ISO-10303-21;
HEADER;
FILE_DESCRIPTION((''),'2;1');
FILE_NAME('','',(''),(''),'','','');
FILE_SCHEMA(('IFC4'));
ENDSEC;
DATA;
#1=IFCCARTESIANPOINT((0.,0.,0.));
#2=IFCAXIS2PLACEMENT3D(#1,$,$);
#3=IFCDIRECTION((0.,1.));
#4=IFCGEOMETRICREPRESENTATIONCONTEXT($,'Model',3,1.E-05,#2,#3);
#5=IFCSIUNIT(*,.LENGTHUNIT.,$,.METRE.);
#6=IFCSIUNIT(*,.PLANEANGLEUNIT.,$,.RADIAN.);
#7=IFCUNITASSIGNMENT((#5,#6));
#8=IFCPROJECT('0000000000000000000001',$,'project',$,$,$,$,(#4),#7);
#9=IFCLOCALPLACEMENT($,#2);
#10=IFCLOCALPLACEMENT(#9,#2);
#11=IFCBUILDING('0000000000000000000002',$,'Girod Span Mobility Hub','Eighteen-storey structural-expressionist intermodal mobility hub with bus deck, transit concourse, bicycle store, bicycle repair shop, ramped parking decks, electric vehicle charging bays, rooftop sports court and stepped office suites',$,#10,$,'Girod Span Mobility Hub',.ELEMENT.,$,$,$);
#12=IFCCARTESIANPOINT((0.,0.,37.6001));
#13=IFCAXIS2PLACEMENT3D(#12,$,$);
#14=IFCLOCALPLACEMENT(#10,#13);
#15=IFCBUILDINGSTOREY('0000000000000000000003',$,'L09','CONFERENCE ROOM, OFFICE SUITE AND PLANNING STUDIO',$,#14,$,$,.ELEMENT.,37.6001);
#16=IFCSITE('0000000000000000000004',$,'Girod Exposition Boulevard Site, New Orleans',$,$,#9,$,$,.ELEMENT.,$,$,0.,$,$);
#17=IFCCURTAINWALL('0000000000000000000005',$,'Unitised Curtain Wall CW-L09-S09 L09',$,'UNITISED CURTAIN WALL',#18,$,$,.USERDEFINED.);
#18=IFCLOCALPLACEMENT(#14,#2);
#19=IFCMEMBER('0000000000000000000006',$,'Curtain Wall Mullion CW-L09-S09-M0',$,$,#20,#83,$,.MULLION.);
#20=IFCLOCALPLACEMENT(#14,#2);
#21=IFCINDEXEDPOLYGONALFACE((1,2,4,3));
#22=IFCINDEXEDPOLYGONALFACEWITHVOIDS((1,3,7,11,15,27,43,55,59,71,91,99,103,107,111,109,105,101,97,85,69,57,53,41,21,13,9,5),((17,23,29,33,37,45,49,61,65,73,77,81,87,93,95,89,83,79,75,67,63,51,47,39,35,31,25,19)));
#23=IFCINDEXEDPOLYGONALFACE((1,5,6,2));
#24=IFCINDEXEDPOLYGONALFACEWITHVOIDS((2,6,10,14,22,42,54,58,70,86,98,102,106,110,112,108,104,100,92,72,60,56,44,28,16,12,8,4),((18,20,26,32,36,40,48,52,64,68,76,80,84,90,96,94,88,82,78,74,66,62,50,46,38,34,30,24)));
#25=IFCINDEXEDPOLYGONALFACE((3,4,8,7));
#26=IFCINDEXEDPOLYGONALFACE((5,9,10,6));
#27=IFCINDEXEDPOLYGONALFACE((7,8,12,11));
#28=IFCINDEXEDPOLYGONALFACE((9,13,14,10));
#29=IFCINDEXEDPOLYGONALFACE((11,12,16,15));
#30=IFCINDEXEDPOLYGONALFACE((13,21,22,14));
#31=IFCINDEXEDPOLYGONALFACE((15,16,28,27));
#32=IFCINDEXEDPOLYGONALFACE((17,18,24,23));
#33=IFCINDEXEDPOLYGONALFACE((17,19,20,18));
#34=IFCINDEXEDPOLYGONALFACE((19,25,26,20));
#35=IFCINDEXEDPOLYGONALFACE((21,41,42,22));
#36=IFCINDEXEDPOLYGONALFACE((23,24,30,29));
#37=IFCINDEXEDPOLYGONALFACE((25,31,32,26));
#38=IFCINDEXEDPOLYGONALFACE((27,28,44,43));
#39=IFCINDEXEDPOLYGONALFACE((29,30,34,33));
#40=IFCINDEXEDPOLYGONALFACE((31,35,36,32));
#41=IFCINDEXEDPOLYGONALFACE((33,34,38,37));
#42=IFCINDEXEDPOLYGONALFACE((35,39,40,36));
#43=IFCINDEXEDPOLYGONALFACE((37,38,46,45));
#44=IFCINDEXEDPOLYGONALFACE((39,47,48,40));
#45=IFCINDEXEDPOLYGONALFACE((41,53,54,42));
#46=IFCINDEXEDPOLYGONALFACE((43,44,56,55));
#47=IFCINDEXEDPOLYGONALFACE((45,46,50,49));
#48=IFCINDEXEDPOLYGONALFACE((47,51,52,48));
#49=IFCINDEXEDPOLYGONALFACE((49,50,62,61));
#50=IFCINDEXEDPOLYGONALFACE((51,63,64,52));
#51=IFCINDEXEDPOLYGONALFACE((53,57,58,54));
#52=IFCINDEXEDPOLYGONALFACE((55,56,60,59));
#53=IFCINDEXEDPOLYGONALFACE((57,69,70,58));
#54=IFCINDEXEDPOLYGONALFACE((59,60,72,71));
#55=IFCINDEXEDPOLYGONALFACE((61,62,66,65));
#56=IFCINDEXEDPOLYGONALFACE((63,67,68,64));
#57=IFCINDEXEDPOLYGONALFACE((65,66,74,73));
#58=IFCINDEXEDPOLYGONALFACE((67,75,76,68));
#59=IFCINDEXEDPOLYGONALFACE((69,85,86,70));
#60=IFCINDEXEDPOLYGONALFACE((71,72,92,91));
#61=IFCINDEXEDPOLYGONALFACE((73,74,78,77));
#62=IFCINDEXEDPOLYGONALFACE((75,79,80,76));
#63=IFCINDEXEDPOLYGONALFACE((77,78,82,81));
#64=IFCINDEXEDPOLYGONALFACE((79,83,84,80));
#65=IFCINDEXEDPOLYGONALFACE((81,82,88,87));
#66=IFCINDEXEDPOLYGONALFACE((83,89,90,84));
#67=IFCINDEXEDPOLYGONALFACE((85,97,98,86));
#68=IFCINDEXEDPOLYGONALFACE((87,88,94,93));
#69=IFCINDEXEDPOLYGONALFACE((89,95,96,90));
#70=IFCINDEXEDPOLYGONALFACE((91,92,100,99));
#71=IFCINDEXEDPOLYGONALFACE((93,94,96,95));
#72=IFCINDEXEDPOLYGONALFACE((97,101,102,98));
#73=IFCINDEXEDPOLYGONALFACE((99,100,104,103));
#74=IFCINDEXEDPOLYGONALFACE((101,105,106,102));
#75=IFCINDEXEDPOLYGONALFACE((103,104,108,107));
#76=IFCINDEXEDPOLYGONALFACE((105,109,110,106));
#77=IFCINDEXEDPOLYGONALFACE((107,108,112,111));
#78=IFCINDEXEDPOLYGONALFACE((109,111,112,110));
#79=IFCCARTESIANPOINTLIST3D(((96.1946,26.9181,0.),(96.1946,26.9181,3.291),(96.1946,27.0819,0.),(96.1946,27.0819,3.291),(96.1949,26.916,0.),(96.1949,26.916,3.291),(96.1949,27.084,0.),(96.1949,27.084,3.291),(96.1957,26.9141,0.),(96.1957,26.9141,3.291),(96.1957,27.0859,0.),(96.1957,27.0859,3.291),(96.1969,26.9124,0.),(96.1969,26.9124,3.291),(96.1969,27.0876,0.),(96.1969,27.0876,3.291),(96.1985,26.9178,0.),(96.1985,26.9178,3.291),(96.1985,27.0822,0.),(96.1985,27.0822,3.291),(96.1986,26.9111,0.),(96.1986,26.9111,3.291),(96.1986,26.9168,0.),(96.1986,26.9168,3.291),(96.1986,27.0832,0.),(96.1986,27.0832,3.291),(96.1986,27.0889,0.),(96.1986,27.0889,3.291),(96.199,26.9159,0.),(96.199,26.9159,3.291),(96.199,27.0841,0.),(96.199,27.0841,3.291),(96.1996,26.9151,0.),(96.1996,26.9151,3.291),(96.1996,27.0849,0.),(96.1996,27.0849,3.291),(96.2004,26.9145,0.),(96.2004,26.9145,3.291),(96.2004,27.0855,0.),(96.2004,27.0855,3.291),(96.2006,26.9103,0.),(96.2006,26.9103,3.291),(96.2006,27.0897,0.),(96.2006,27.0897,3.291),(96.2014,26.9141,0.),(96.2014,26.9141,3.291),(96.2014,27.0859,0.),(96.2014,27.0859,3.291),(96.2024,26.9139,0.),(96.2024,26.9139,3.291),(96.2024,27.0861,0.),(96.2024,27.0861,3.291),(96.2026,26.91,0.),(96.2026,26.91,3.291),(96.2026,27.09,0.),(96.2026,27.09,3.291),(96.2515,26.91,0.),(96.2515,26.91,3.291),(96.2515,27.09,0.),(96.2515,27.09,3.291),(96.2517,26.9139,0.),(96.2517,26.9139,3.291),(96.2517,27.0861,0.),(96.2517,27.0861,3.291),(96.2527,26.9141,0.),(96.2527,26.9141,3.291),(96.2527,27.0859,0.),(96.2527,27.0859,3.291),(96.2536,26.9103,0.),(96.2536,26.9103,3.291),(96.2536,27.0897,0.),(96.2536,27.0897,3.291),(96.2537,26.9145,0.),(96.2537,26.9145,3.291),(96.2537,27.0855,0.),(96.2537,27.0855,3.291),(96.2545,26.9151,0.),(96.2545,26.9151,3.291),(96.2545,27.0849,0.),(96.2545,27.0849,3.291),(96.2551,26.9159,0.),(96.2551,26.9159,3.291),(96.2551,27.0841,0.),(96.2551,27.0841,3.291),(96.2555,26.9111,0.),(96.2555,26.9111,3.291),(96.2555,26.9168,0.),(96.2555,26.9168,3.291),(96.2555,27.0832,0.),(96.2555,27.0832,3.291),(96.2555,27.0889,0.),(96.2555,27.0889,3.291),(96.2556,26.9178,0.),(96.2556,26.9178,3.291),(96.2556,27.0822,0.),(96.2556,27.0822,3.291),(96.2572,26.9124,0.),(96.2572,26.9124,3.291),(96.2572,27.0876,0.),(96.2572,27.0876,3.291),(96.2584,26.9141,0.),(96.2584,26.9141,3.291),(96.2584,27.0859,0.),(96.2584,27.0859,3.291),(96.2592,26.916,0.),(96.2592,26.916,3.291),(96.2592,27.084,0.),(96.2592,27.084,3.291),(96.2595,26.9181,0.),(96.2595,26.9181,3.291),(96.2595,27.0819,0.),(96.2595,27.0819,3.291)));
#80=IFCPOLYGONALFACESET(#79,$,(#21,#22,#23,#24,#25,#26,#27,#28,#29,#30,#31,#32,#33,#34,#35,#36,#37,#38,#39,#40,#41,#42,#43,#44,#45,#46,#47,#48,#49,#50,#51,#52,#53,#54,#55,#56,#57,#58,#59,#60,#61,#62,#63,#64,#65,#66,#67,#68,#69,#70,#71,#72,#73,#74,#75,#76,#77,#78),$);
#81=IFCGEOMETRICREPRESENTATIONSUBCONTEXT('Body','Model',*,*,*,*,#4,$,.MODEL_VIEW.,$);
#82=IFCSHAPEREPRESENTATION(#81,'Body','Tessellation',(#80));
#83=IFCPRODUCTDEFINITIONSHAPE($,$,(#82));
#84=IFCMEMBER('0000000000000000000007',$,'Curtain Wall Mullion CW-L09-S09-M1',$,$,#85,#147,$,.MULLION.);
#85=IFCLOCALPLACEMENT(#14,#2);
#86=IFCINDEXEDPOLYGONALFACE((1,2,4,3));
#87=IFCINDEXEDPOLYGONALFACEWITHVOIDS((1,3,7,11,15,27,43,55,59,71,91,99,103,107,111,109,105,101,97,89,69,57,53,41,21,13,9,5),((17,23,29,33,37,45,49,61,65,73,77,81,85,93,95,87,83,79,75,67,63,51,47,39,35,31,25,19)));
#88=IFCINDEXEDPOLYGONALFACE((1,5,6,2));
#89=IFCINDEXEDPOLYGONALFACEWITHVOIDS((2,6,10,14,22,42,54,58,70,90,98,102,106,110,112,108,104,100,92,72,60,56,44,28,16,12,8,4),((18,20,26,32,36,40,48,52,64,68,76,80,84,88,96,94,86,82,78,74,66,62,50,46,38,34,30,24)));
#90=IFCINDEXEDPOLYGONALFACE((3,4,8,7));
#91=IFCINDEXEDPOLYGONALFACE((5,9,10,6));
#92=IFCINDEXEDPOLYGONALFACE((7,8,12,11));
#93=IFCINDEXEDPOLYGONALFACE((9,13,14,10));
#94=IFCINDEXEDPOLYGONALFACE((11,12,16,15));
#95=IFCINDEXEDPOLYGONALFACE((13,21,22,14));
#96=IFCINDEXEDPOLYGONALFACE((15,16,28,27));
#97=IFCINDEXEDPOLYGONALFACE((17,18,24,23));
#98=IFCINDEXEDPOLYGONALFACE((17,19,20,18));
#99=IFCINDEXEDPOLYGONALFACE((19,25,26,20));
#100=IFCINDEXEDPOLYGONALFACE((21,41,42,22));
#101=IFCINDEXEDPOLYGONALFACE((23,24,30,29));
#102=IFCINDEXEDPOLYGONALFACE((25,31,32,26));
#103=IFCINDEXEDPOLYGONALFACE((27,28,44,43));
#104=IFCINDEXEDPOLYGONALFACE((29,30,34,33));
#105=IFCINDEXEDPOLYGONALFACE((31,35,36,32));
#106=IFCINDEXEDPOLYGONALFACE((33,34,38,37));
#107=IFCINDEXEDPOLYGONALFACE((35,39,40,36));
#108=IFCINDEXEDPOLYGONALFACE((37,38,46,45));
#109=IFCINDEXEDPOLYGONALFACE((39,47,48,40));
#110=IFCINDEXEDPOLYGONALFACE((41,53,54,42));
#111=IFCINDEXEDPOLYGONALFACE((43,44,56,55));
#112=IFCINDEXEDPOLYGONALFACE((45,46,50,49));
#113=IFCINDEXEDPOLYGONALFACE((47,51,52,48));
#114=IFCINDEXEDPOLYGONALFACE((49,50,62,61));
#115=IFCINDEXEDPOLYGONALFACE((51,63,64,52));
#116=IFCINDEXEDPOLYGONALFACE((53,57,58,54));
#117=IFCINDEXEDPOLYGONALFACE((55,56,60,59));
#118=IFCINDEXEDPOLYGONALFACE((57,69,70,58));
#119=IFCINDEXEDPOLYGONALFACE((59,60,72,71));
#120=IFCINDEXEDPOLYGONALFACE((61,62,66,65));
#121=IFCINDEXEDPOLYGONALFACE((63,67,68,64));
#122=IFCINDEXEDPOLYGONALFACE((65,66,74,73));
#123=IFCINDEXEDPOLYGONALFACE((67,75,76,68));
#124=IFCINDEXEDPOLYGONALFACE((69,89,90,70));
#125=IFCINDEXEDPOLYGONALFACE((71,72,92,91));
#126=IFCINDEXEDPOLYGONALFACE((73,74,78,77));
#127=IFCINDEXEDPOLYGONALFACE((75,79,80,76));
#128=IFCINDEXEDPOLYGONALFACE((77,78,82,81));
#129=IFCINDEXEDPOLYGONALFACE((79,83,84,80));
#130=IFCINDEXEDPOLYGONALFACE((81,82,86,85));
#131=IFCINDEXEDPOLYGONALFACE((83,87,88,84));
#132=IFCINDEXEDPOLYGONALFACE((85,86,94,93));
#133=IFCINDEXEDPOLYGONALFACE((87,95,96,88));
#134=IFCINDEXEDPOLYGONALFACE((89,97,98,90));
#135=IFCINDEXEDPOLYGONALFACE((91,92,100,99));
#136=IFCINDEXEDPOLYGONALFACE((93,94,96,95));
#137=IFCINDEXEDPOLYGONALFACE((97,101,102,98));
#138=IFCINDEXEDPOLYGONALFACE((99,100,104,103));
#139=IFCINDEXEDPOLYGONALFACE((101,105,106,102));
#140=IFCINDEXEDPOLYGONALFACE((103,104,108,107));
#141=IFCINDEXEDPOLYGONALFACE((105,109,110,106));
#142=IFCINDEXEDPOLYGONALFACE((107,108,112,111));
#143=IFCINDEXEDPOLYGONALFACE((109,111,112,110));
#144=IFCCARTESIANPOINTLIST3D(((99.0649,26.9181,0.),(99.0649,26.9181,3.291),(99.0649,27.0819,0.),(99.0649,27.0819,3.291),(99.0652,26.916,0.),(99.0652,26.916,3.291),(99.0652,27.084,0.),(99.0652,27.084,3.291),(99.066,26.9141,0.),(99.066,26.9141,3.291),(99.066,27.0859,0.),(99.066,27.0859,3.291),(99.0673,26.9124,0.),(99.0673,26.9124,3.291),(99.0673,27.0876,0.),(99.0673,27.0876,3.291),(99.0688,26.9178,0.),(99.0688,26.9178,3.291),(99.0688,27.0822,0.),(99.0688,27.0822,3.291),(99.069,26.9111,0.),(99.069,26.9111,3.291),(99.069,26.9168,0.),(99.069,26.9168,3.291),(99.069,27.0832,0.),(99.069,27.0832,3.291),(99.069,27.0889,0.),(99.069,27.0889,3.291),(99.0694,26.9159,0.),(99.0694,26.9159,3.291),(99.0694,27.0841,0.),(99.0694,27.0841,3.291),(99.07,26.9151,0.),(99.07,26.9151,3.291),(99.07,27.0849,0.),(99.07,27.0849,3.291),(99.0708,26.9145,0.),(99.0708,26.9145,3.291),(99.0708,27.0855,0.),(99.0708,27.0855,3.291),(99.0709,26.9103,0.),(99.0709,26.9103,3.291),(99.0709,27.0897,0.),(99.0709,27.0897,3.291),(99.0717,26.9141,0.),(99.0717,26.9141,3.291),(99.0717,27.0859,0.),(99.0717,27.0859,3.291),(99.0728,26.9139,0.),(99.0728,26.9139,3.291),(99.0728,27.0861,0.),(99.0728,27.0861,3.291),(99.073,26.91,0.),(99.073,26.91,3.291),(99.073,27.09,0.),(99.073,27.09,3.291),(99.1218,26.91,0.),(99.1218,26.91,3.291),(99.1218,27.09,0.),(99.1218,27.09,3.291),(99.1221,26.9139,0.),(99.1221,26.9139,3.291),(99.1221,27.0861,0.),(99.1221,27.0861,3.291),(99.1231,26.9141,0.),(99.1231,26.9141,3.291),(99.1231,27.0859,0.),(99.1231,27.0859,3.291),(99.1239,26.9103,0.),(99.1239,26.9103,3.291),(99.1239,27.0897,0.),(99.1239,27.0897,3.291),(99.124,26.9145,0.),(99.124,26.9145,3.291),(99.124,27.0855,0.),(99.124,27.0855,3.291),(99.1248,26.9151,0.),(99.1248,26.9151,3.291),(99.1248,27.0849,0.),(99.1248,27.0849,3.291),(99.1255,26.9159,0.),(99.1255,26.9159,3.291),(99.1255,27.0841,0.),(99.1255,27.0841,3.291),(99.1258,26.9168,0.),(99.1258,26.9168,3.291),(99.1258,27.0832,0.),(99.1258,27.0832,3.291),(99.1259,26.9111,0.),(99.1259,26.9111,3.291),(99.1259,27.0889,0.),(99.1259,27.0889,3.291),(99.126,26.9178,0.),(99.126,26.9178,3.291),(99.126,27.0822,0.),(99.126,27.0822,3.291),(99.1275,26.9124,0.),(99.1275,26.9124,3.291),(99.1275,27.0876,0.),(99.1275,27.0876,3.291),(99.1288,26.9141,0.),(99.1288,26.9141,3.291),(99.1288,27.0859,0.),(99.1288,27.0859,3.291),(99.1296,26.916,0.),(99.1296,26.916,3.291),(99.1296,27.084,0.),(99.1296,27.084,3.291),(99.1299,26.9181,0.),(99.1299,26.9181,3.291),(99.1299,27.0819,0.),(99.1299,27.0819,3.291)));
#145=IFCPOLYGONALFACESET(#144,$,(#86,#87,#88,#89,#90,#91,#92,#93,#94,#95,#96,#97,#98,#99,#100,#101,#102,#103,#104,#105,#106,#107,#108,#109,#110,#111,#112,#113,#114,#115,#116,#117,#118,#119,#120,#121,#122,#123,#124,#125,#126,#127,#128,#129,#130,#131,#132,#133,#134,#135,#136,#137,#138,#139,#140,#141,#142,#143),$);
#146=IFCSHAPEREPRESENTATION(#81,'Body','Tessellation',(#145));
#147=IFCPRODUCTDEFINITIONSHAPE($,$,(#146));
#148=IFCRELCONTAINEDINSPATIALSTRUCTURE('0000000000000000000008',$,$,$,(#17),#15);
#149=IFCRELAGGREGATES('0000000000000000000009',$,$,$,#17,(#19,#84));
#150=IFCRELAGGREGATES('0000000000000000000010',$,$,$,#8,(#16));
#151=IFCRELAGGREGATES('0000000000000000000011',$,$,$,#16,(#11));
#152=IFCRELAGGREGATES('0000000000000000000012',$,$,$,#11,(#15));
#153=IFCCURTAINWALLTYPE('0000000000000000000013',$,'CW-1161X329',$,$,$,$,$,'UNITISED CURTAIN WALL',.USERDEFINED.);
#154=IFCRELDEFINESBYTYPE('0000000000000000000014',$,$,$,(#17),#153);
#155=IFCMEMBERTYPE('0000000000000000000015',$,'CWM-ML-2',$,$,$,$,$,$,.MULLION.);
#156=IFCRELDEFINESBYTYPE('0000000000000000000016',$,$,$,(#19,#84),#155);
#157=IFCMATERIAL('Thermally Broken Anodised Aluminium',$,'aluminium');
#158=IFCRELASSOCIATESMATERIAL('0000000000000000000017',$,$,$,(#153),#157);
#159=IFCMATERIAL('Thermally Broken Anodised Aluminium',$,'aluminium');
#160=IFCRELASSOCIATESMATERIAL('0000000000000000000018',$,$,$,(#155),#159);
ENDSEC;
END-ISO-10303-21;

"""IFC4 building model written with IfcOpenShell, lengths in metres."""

from ifc_helpers import new_model, si_unit, direction, frame, origin, origin_2d, place, context, subcontext, project, spatial, hollow_rectangle, extrude, material, material_profile, profile_set, type_object, element, aggregate, save


model = new_model("IFC4")

# Units and contexts
model_context = context("Model", 3, precision=1e-05, world=origin(), true_north=direction((0.0, 1.0)))
body_context = subcontext(model_context, "Body", "Model", "MODEL_VIEW")
ifc_project = project(units=[si_unit("LENGTHUNIT", "METRE"), si_unit("PLANEANGLEUNIT", "RADIAN")], contexts=[model_context])

# Site, building, storey
site_placement = place(None, origin())
site = spatial("IfcSite", under=ifc_project, at=site_placement, Name="Girod Exposition Boulevard Site, New Orleans", CompositionType="ELEMENT", RefElevation=0.0)
building_placement = place(site_placement, origin())
building = spatial("IfcBuilding", under=site, at=building_placement, Name="Girod Span Mobility Hub", Description="Eighteen-storey structural-expressionist intermodal mobility hub with bus deck, transit concourse, bicycle store, bicycle repair shop, ramped parking decks, electric vehicle charging bays, rooftop sports court and stepped office suites", LongName="Girod Span Mobility Hub", CompositionType="ELEMENT")
storey_placement = place(building_placement, frame((0.0, 0.0, 37.6001)))
storey = spatial("IfcBuildingStorey", under=building, at=storey_placement, Name="L09", Description="CONFERENCE ROOM, OFFICE SUITE AND PLANNING STUDIO", CompositionType="ELEMENT", Elevation=37.6001)

# Curtain wall, members
ifc_material_1 = material(Name="Thermally Broken Anodised Aluminium", Category="aluminium")
curtain_wall_type = type_object("IfcCurtainWallType", Name="CW-1161X329", ElementType="UNITISED CURTAIN WALL", PredefinedType="USERDEFINED", material=ifc_material_1)
curtain_wall_1_placement = place(storey_placement, origin())
curtain_wall_1 = element("IfcCurtainWall", 1, at=curtain_wall_1_placement, inside=storey, type_object=curtain_wall_type, Name="Unitised Curtain Wall CW-L09-S09 L09", ObjectType="UNITISED CURTAIN WALL", PredefinedType="USERDEFINED")
ifc_material_2 = material(Name="Thermally Broken Anodised Aluminium", Category="aluminium")
ifc_material_profile_1 = material_profile(ifc_material_2, hollow_rectangle(XDim=0.1799, YDim=0.0649, WallThickness=0.0039, InnerFilletRadius=0.0039, OuterFilletRadius=0.0081, at=origin_2d()), Name="CW-ML-65X180")
ifc_profile_set_1 = profile_set([ifc_material_profile_1], Name="Thermally Broken Anodised Aluminium")
member_type_1 = type_object("IfcMemberType", Name="CWM-ML-2", PredefinedType="MULLION", material=ifc_profile_set_1)
member_1_placement = place(storey_placement, frame((96.2271, 27.0, 0.0), z_axis=(0.0, 0.0, 1.0), x_axis=(0.0, 1.0, 0.0)))
member_1 = element("IfcMember", 2, at=member_1_placement, type_object=member_type_1, Name="Curtain Wall Mullion CW-L09-S09-M0", PredefinedType="MULLION", context=body_context, shape_type="SweptSolid", body=[
    extrude(hollow_rectangle(XDim=0.1799, YDim=0.0649, WallThickness=0.0039, InnerFilletRadius=0.0039, OuterFilletRadius=0.0081, at=origin_2d()), origin(), (0.0, 0.0, 1.0), 3.291),
])
member_2_placement = place(storey_placement, frame((99.0974, 27.0, 0.0), z_axis=(0.0, 0.0, 1.0), x_axis=(0.0, 1.0, 0.0)))
member_2 = element("IfcMember", 3, at=member_2_placement, type_object=member_type_1, Name="Curtain Wall Mullion CW-L09-S09-M1", PredefinedType="MULLION", context=body_context, shape_type="SweptSolid", body=[
    extrude(hollow_rectangle(XDim=0.1799, YDim=0.0649, WallThickness=0.0039, InnerFilletRadius=0.0039, OuterFilletRadius=0.0081, at=origin_2d()), origin(), (0.0, 0.0, 1.0), 3.291),
])

aggregate(curtain_wall_1, [member_1, member_2])

save(model, "model.ifc")
